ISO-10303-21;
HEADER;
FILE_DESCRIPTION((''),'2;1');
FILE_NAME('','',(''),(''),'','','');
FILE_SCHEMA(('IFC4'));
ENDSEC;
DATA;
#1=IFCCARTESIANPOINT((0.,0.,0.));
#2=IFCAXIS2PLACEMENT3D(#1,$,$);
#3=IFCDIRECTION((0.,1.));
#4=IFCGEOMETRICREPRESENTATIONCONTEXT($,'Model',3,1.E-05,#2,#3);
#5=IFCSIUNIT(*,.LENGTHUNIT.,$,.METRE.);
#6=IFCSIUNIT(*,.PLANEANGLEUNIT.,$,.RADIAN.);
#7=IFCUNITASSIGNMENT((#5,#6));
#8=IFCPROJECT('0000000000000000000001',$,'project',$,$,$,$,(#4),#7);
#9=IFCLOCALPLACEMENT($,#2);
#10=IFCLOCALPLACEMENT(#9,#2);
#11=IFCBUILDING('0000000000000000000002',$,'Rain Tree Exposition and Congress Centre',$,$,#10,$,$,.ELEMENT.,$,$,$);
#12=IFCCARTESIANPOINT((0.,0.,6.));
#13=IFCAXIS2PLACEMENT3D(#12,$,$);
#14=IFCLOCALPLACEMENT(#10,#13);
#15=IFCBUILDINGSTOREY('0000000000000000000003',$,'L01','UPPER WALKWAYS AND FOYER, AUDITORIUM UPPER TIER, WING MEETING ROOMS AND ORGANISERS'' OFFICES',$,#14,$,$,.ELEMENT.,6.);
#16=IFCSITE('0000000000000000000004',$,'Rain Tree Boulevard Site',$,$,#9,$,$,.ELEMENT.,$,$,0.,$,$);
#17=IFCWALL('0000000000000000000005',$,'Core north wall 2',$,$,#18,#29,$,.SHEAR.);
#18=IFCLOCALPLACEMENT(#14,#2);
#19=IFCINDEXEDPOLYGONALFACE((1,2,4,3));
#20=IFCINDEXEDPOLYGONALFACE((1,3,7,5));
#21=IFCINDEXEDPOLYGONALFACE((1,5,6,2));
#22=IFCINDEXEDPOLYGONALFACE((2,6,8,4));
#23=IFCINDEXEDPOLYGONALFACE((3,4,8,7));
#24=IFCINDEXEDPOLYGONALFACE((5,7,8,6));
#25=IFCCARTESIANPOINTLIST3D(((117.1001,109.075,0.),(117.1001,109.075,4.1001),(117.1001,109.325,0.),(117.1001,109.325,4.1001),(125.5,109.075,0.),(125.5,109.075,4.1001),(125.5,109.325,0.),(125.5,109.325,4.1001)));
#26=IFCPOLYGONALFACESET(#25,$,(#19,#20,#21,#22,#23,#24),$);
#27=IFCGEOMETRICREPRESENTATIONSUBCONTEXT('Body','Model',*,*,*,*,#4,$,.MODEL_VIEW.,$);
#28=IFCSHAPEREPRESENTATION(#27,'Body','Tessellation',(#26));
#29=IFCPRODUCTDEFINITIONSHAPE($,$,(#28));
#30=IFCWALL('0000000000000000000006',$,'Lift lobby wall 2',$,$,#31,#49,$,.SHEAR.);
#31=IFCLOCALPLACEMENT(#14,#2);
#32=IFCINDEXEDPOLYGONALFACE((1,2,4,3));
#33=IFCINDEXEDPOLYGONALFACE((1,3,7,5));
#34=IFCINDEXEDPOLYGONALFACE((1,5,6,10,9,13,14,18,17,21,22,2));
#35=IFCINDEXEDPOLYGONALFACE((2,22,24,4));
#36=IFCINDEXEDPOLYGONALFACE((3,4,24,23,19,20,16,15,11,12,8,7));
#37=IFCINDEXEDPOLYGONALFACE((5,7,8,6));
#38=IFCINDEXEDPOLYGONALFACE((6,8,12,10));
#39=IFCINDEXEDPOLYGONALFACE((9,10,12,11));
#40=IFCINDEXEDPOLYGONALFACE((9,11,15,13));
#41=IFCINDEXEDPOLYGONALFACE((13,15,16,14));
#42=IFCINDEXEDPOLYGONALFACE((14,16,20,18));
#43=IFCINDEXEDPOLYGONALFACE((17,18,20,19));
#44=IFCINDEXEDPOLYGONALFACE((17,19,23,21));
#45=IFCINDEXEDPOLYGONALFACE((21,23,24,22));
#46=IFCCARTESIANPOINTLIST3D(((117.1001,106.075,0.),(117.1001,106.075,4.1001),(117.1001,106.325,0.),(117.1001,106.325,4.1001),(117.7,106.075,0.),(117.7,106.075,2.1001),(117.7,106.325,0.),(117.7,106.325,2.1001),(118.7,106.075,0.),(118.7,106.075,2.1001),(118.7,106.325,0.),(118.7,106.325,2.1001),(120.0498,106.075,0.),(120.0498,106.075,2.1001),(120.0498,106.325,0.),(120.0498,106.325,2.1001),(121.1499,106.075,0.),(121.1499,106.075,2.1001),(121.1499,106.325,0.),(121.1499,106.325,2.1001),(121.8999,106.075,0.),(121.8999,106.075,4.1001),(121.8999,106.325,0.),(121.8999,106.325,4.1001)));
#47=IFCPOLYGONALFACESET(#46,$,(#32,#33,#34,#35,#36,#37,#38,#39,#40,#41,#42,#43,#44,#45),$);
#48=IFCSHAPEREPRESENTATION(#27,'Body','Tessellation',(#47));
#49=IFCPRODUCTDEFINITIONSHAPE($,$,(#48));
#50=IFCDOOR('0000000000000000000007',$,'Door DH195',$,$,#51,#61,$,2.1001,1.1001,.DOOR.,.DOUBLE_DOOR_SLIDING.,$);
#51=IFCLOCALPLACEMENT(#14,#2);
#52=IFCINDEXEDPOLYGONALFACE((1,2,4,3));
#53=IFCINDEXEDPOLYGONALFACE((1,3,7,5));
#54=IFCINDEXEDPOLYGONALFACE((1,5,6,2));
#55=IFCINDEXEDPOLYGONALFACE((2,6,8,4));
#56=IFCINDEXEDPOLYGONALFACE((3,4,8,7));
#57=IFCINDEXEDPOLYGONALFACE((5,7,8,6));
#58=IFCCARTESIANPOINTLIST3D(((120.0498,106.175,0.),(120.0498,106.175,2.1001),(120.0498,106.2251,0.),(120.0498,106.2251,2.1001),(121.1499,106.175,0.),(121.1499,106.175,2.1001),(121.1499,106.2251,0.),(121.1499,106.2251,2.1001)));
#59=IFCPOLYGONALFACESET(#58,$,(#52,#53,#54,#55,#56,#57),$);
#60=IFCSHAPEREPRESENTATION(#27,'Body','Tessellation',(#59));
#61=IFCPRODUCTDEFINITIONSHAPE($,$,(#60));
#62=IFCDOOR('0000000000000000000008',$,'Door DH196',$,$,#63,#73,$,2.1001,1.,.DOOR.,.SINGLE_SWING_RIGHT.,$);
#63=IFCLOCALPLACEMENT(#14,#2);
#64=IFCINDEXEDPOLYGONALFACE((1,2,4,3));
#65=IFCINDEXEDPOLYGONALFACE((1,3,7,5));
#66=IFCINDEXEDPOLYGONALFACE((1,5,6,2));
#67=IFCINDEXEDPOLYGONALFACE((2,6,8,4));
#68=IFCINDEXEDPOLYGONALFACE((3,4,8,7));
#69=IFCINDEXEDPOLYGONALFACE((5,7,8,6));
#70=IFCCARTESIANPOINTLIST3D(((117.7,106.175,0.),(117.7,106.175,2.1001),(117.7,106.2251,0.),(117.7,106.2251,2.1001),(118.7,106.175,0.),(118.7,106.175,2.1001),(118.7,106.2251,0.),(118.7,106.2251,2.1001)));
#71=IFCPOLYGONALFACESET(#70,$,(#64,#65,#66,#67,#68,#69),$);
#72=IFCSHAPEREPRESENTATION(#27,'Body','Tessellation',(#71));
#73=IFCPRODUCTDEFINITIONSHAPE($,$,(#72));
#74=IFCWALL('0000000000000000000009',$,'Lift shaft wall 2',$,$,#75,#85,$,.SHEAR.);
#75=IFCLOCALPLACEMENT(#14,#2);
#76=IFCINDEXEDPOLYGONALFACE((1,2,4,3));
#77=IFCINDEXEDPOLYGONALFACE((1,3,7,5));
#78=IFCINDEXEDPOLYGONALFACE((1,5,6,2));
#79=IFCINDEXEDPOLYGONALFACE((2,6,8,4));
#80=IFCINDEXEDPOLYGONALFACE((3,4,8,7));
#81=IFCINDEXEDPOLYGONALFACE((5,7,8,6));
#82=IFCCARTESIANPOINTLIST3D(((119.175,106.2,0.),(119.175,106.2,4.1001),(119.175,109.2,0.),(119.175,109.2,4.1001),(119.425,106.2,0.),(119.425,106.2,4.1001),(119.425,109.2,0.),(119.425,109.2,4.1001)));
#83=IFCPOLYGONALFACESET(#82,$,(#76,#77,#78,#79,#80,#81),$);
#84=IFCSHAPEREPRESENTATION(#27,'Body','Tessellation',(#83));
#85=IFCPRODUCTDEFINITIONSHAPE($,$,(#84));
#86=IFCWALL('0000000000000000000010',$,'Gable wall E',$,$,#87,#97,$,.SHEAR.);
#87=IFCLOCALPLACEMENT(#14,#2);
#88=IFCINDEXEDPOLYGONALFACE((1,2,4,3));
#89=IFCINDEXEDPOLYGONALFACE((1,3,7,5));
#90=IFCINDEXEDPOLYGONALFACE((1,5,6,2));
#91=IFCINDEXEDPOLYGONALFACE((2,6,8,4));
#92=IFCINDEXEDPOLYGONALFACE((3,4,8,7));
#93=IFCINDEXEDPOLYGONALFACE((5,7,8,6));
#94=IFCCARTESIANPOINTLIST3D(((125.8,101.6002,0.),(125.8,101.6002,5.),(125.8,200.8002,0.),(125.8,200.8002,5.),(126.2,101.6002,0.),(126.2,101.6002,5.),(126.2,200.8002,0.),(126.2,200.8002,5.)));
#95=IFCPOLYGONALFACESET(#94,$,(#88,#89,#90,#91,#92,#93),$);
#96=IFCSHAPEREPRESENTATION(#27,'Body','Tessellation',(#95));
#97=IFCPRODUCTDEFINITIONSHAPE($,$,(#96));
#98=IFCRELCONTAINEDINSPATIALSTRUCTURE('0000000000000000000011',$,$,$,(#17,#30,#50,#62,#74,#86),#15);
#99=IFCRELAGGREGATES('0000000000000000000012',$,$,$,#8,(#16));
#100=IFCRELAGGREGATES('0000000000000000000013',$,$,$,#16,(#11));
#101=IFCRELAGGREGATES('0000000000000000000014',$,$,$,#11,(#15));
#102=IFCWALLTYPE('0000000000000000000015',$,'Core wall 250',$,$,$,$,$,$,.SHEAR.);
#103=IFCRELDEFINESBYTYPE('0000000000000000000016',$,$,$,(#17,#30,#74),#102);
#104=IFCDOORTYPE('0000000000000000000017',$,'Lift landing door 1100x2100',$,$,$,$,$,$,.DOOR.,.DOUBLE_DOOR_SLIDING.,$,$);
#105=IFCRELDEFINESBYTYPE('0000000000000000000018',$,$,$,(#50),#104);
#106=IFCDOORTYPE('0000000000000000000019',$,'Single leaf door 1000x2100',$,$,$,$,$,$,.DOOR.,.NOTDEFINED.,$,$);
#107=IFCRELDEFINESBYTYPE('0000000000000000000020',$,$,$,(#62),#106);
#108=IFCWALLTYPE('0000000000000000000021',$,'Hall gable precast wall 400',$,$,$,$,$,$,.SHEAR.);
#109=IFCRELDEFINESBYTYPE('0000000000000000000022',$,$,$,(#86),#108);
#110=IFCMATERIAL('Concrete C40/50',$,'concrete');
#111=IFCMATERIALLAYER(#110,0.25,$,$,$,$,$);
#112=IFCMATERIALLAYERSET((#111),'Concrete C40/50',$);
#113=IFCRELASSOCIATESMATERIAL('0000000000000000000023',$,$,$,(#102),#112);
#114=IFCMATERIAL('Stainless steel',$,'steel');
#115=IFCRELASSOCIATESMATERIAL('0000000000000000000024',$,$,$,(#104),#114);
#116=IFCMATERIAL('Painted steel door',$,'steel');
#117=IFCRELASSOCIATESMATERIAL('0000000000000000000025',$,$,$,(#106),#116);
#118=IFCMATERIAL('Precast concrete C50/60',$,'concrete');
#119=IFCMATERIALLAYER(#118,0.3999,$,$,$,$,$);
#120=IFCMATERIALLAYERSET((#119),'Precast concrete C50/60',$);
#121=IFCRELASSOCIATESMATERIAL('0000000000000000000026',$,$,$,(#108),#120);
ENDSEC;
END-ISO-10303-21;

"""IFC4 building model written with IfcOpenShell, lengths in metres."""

from ifc_helpers import new_model, si_unit, direction, frame, frame_2d, origin, place, context, subcontext, project, spatial, rectangle, extrude, material, layer, layer_set, type_object, element, fill, save


model = new_model("IFC4")

# Units and contexts
model_context = context("Model", 3, precision=1e-05, world=origin(), true_north=direction((0.0, 1.0)))
body_context = subcontext(model_context, "Body", "Model", "MODEL_VIEW")
ifc_project = project(units=[si_unit("LENGTHUNIT", "METRE"), si_unit("PLANEANGLEUNIT", "RADIAN")], contexts=[model_context])

# Site, building, storey
site_placement = place(None, origin())
site = spatial("IfcSite", under=ifc_project, at=site_placement, Name="Rain Tree Boulevard Site", CompositionType="ELEMENT", RefElevation=0.0)
building_placement = place(site_placement, origin())
building = spatial("IfcBuilding", under=site, at=building_placement, Name="Rain Tree Exposition and Congress Centre", CompositionType="ELEMENT")
storey_placement = place(building_placement, frame((0.0, 0.0, 6.0)))
storey = spatial("IfcBuildingStorey", under=building, at=storey_placement, Name="L01", Description="UPPER WALKWAYS AND FOYER, AUDITORIUM UPPER TIER, WING MEETING ROOMS AND ORGANISERS' OFFICES", CompositionType="ELEMENT", Elevation=6.0)

# Wall
ifc_material_1 = material(Name="Concrete C40/50", Category="concrete")
ifc_layer_1 = layer(ifc_material_1, 0.25)
ifc_layer_set_1 = layer_set([ifc_layer_1], Name="Concrete C40/50")
wall_type_1 = type_object("IfcWallType", Name="Core wall 250", PredefinedType="SHEAR", material=ifc_layer_set_1)
wall_1_placement = place(storey_placement, frame((125.5, 109.2, 0.0), z_axis=(0.0, 0.0, 1.0), x_axis=(-1.0, 0.0, 0.0)))
element("IfcWall", 1, at=wall_1_placement, inside=storey, type_object=wall_type_1, Name="Core north wall 2", PredefinedType="SHEAR", context=body_context, shape_type="SweptSolid", body=[
    extrude(rectangle(XDim=8.3999, YDim=0.25, at=frame_2d((4.2, 0.0))), origin(), (0.0, 0.0, 1.0), 4.1001),
])

# Wall, openings, doors
wall_2_placement = place(storey_placement, frame((121.8999, 106.2, 0.0), z_axis=(0.0, 0.0, 1.0), x_axis=(-1.0, 0.0, 0.0)))
wall_2 = element("IfcWall", 2, at=wall_2_placement, inside=storey, type_object=wall_type_1, Name="Lift lobby wall 2", PredefinedType="SHEAR", context=body_context, shape_type="SweptSolid", body=[
    extrude(rectangle(XDim=4.7998, YDim=0.25, at=frame_2d((2.3999, 0.0))), origin(), (0.0, 0.0, 1.0), 4.1001),
])
opening_1_placement = place(wall_2_placement, frame((0.75, 0.0, 0.0)))
opening_1 = element("IfcOpeningElement", 3, at=opening_1_placement, cuts=wall_2, PredefinedType="OPENING", context=body_context, shape_type="SweptSolid", body=[
    extrude(rectangle(XDim=1.1001, YDim=2.1001, at=frame_2d((0.55, 1.05))), frame((0.0, 0.125, 0.0), z_axis=(0.0, -1.0, 0.0), x_axis=(1.0, 0.0, 0.0)), (0.0, 0.0, 1.0), 0.25),
])
opening_2_placement = place(wall_2_placement, frame((3.2, 0.0, 0.0)))
opening_2 = element("IfcOpeningElement", 4, at=opening_2_placement, cuts=wall_2, PredefinedType="OPENING", context=body_context, shape_type="SweptSolid", body=[
    extrude(rectangle(XDim=1.0, YDim=2.1001, at=frame_2d((0.5, 1.05))), frame((0.0, 0.125, 0.0), z_axis=(0.0, -1.0, 0.0), x_axis=(1.0, 0.0, 0.0)), (0.0, 0.0, 1.0), 0.25),
])
ifc_material_2 = material(Name="Stainless steel", Category="steel")
door_type_1 = type_object("IfcDoorType", Name="Lift landing door 1100x2100", OperationType="DOUBLE_DOOR_SLIDING", PredefinedType="DOOR", material=ifc_material_2)
door_1_placement = place(opening_1_placement, origin())
door_1 = element("IfcDoor", 5, at=door_1_placement, inside=storey, type_object=door_type_1, Name="Door DH195", OperationType="DOUBLE_DOOR_SLIDING", OverallHeight=2.1001, OverallWidth=1.1001, PredefinedType="DOOR", context=body_context, shape_type="SweptSolid", body=[
    extrude(rectangle(XDim=1.1001, YDim=2.1001, at=frame_2d((0.55, 1.05))), frame((0.0, 0.0249, 0.0), z_axis=(0.0, -1.0, 0.0), x_axis=(1.0, 0.0, 0.0)), (0.0, 0.0, 1.0), 0.05),
])
fill(opening_1, door_1)
ifc_material_3 = material(Name="Painted steel door", Category="steel")
door_type_2 = type_object("IfcDoorType", Name="Single leaf door 1000x2100", OperationType="NOTDEFINED", PredefinedType="DOOR", material=ifc_material_3)
door_2_placement = place(opening_2_placement, origin())
door_2 = element("IfcDoor", 6, at=door_2_placement, inside=storey, type_object=door_type_2, Name="Door DH196", OperationType="SINGLE_SWING_RIGHT", OverallHeight=2.1001, OverallWidth=1.0, PredefinedType="DOOR", context=body_context, shape_type="SweptSolid", body=[
    extrude(rectangle(XDim=1.0, YDim=2.1001, at=frame_2d((0.5, 1.05))), frame((0.0, 0.0249, 0.0), z_axis=(0.0, -1.0, 0.0), x_axis=(1.0, 0.0, 0.0)), (0.0, 0.0, 1.0), 0.05),
])
fill(opening_2, door_2)

# Walls
wall_3_placement = place(storey_placement, frame((119.3, 106.2, 0.0), z_axis=(0.0, 0.0, 1.0), x_axis=(0.0, 1.0, 0.0)))
element("IfcWall", 7, at=wall_3_placement, inside=storey, type_object=wall_type_1, Name="Lift shaft wall 2", PredefinedType="SHEAR", context=body_context, shape_type="SweptSolid", body=[
    extrude(rectangle(XDim=3.0, YDim=0.25, at=frame_2d((1.5, 0.0))), origin(), (0.0, 0.0, 1.0), 4.1001),
])
ifc_material_4 = material(Name="Precast concrete C50/60", Category="concrete")
ifc_layer_2 = layer(ifc_material_4, 0.3999)
ifc_layer_set_2 = layer_set([ifc_layer_2], Name="Precast concrete C50/60")
wall_type_2 = type_object("IfcWallType", Name="Hall gable precast wall 400", PredefinedType="SHEAR", material=ifc_layer_set_2)
wall_4_placement = place(storey_placement, frame((126.0, 101.6001, 0.0), z_axis=(0.0, 0.0, 1.0), x_axis=(0.0, 1.0, 0.0)))
element("IfcWall", 8, at=wall_4_placement, inside=storey, type_object=wall_type_2, Name="Gable wall E", PredefinedType="SHEAR", context=body_context, shape_type="SweptSolid", body=[
    extrude(rectangle(XDim=99.2, YDim=0.3999, at=frame_2d((49.6001, 0.0))), origin(), (0.0, 0.0, 1.0), 5.0),
])

save(model, "model.ifc")
